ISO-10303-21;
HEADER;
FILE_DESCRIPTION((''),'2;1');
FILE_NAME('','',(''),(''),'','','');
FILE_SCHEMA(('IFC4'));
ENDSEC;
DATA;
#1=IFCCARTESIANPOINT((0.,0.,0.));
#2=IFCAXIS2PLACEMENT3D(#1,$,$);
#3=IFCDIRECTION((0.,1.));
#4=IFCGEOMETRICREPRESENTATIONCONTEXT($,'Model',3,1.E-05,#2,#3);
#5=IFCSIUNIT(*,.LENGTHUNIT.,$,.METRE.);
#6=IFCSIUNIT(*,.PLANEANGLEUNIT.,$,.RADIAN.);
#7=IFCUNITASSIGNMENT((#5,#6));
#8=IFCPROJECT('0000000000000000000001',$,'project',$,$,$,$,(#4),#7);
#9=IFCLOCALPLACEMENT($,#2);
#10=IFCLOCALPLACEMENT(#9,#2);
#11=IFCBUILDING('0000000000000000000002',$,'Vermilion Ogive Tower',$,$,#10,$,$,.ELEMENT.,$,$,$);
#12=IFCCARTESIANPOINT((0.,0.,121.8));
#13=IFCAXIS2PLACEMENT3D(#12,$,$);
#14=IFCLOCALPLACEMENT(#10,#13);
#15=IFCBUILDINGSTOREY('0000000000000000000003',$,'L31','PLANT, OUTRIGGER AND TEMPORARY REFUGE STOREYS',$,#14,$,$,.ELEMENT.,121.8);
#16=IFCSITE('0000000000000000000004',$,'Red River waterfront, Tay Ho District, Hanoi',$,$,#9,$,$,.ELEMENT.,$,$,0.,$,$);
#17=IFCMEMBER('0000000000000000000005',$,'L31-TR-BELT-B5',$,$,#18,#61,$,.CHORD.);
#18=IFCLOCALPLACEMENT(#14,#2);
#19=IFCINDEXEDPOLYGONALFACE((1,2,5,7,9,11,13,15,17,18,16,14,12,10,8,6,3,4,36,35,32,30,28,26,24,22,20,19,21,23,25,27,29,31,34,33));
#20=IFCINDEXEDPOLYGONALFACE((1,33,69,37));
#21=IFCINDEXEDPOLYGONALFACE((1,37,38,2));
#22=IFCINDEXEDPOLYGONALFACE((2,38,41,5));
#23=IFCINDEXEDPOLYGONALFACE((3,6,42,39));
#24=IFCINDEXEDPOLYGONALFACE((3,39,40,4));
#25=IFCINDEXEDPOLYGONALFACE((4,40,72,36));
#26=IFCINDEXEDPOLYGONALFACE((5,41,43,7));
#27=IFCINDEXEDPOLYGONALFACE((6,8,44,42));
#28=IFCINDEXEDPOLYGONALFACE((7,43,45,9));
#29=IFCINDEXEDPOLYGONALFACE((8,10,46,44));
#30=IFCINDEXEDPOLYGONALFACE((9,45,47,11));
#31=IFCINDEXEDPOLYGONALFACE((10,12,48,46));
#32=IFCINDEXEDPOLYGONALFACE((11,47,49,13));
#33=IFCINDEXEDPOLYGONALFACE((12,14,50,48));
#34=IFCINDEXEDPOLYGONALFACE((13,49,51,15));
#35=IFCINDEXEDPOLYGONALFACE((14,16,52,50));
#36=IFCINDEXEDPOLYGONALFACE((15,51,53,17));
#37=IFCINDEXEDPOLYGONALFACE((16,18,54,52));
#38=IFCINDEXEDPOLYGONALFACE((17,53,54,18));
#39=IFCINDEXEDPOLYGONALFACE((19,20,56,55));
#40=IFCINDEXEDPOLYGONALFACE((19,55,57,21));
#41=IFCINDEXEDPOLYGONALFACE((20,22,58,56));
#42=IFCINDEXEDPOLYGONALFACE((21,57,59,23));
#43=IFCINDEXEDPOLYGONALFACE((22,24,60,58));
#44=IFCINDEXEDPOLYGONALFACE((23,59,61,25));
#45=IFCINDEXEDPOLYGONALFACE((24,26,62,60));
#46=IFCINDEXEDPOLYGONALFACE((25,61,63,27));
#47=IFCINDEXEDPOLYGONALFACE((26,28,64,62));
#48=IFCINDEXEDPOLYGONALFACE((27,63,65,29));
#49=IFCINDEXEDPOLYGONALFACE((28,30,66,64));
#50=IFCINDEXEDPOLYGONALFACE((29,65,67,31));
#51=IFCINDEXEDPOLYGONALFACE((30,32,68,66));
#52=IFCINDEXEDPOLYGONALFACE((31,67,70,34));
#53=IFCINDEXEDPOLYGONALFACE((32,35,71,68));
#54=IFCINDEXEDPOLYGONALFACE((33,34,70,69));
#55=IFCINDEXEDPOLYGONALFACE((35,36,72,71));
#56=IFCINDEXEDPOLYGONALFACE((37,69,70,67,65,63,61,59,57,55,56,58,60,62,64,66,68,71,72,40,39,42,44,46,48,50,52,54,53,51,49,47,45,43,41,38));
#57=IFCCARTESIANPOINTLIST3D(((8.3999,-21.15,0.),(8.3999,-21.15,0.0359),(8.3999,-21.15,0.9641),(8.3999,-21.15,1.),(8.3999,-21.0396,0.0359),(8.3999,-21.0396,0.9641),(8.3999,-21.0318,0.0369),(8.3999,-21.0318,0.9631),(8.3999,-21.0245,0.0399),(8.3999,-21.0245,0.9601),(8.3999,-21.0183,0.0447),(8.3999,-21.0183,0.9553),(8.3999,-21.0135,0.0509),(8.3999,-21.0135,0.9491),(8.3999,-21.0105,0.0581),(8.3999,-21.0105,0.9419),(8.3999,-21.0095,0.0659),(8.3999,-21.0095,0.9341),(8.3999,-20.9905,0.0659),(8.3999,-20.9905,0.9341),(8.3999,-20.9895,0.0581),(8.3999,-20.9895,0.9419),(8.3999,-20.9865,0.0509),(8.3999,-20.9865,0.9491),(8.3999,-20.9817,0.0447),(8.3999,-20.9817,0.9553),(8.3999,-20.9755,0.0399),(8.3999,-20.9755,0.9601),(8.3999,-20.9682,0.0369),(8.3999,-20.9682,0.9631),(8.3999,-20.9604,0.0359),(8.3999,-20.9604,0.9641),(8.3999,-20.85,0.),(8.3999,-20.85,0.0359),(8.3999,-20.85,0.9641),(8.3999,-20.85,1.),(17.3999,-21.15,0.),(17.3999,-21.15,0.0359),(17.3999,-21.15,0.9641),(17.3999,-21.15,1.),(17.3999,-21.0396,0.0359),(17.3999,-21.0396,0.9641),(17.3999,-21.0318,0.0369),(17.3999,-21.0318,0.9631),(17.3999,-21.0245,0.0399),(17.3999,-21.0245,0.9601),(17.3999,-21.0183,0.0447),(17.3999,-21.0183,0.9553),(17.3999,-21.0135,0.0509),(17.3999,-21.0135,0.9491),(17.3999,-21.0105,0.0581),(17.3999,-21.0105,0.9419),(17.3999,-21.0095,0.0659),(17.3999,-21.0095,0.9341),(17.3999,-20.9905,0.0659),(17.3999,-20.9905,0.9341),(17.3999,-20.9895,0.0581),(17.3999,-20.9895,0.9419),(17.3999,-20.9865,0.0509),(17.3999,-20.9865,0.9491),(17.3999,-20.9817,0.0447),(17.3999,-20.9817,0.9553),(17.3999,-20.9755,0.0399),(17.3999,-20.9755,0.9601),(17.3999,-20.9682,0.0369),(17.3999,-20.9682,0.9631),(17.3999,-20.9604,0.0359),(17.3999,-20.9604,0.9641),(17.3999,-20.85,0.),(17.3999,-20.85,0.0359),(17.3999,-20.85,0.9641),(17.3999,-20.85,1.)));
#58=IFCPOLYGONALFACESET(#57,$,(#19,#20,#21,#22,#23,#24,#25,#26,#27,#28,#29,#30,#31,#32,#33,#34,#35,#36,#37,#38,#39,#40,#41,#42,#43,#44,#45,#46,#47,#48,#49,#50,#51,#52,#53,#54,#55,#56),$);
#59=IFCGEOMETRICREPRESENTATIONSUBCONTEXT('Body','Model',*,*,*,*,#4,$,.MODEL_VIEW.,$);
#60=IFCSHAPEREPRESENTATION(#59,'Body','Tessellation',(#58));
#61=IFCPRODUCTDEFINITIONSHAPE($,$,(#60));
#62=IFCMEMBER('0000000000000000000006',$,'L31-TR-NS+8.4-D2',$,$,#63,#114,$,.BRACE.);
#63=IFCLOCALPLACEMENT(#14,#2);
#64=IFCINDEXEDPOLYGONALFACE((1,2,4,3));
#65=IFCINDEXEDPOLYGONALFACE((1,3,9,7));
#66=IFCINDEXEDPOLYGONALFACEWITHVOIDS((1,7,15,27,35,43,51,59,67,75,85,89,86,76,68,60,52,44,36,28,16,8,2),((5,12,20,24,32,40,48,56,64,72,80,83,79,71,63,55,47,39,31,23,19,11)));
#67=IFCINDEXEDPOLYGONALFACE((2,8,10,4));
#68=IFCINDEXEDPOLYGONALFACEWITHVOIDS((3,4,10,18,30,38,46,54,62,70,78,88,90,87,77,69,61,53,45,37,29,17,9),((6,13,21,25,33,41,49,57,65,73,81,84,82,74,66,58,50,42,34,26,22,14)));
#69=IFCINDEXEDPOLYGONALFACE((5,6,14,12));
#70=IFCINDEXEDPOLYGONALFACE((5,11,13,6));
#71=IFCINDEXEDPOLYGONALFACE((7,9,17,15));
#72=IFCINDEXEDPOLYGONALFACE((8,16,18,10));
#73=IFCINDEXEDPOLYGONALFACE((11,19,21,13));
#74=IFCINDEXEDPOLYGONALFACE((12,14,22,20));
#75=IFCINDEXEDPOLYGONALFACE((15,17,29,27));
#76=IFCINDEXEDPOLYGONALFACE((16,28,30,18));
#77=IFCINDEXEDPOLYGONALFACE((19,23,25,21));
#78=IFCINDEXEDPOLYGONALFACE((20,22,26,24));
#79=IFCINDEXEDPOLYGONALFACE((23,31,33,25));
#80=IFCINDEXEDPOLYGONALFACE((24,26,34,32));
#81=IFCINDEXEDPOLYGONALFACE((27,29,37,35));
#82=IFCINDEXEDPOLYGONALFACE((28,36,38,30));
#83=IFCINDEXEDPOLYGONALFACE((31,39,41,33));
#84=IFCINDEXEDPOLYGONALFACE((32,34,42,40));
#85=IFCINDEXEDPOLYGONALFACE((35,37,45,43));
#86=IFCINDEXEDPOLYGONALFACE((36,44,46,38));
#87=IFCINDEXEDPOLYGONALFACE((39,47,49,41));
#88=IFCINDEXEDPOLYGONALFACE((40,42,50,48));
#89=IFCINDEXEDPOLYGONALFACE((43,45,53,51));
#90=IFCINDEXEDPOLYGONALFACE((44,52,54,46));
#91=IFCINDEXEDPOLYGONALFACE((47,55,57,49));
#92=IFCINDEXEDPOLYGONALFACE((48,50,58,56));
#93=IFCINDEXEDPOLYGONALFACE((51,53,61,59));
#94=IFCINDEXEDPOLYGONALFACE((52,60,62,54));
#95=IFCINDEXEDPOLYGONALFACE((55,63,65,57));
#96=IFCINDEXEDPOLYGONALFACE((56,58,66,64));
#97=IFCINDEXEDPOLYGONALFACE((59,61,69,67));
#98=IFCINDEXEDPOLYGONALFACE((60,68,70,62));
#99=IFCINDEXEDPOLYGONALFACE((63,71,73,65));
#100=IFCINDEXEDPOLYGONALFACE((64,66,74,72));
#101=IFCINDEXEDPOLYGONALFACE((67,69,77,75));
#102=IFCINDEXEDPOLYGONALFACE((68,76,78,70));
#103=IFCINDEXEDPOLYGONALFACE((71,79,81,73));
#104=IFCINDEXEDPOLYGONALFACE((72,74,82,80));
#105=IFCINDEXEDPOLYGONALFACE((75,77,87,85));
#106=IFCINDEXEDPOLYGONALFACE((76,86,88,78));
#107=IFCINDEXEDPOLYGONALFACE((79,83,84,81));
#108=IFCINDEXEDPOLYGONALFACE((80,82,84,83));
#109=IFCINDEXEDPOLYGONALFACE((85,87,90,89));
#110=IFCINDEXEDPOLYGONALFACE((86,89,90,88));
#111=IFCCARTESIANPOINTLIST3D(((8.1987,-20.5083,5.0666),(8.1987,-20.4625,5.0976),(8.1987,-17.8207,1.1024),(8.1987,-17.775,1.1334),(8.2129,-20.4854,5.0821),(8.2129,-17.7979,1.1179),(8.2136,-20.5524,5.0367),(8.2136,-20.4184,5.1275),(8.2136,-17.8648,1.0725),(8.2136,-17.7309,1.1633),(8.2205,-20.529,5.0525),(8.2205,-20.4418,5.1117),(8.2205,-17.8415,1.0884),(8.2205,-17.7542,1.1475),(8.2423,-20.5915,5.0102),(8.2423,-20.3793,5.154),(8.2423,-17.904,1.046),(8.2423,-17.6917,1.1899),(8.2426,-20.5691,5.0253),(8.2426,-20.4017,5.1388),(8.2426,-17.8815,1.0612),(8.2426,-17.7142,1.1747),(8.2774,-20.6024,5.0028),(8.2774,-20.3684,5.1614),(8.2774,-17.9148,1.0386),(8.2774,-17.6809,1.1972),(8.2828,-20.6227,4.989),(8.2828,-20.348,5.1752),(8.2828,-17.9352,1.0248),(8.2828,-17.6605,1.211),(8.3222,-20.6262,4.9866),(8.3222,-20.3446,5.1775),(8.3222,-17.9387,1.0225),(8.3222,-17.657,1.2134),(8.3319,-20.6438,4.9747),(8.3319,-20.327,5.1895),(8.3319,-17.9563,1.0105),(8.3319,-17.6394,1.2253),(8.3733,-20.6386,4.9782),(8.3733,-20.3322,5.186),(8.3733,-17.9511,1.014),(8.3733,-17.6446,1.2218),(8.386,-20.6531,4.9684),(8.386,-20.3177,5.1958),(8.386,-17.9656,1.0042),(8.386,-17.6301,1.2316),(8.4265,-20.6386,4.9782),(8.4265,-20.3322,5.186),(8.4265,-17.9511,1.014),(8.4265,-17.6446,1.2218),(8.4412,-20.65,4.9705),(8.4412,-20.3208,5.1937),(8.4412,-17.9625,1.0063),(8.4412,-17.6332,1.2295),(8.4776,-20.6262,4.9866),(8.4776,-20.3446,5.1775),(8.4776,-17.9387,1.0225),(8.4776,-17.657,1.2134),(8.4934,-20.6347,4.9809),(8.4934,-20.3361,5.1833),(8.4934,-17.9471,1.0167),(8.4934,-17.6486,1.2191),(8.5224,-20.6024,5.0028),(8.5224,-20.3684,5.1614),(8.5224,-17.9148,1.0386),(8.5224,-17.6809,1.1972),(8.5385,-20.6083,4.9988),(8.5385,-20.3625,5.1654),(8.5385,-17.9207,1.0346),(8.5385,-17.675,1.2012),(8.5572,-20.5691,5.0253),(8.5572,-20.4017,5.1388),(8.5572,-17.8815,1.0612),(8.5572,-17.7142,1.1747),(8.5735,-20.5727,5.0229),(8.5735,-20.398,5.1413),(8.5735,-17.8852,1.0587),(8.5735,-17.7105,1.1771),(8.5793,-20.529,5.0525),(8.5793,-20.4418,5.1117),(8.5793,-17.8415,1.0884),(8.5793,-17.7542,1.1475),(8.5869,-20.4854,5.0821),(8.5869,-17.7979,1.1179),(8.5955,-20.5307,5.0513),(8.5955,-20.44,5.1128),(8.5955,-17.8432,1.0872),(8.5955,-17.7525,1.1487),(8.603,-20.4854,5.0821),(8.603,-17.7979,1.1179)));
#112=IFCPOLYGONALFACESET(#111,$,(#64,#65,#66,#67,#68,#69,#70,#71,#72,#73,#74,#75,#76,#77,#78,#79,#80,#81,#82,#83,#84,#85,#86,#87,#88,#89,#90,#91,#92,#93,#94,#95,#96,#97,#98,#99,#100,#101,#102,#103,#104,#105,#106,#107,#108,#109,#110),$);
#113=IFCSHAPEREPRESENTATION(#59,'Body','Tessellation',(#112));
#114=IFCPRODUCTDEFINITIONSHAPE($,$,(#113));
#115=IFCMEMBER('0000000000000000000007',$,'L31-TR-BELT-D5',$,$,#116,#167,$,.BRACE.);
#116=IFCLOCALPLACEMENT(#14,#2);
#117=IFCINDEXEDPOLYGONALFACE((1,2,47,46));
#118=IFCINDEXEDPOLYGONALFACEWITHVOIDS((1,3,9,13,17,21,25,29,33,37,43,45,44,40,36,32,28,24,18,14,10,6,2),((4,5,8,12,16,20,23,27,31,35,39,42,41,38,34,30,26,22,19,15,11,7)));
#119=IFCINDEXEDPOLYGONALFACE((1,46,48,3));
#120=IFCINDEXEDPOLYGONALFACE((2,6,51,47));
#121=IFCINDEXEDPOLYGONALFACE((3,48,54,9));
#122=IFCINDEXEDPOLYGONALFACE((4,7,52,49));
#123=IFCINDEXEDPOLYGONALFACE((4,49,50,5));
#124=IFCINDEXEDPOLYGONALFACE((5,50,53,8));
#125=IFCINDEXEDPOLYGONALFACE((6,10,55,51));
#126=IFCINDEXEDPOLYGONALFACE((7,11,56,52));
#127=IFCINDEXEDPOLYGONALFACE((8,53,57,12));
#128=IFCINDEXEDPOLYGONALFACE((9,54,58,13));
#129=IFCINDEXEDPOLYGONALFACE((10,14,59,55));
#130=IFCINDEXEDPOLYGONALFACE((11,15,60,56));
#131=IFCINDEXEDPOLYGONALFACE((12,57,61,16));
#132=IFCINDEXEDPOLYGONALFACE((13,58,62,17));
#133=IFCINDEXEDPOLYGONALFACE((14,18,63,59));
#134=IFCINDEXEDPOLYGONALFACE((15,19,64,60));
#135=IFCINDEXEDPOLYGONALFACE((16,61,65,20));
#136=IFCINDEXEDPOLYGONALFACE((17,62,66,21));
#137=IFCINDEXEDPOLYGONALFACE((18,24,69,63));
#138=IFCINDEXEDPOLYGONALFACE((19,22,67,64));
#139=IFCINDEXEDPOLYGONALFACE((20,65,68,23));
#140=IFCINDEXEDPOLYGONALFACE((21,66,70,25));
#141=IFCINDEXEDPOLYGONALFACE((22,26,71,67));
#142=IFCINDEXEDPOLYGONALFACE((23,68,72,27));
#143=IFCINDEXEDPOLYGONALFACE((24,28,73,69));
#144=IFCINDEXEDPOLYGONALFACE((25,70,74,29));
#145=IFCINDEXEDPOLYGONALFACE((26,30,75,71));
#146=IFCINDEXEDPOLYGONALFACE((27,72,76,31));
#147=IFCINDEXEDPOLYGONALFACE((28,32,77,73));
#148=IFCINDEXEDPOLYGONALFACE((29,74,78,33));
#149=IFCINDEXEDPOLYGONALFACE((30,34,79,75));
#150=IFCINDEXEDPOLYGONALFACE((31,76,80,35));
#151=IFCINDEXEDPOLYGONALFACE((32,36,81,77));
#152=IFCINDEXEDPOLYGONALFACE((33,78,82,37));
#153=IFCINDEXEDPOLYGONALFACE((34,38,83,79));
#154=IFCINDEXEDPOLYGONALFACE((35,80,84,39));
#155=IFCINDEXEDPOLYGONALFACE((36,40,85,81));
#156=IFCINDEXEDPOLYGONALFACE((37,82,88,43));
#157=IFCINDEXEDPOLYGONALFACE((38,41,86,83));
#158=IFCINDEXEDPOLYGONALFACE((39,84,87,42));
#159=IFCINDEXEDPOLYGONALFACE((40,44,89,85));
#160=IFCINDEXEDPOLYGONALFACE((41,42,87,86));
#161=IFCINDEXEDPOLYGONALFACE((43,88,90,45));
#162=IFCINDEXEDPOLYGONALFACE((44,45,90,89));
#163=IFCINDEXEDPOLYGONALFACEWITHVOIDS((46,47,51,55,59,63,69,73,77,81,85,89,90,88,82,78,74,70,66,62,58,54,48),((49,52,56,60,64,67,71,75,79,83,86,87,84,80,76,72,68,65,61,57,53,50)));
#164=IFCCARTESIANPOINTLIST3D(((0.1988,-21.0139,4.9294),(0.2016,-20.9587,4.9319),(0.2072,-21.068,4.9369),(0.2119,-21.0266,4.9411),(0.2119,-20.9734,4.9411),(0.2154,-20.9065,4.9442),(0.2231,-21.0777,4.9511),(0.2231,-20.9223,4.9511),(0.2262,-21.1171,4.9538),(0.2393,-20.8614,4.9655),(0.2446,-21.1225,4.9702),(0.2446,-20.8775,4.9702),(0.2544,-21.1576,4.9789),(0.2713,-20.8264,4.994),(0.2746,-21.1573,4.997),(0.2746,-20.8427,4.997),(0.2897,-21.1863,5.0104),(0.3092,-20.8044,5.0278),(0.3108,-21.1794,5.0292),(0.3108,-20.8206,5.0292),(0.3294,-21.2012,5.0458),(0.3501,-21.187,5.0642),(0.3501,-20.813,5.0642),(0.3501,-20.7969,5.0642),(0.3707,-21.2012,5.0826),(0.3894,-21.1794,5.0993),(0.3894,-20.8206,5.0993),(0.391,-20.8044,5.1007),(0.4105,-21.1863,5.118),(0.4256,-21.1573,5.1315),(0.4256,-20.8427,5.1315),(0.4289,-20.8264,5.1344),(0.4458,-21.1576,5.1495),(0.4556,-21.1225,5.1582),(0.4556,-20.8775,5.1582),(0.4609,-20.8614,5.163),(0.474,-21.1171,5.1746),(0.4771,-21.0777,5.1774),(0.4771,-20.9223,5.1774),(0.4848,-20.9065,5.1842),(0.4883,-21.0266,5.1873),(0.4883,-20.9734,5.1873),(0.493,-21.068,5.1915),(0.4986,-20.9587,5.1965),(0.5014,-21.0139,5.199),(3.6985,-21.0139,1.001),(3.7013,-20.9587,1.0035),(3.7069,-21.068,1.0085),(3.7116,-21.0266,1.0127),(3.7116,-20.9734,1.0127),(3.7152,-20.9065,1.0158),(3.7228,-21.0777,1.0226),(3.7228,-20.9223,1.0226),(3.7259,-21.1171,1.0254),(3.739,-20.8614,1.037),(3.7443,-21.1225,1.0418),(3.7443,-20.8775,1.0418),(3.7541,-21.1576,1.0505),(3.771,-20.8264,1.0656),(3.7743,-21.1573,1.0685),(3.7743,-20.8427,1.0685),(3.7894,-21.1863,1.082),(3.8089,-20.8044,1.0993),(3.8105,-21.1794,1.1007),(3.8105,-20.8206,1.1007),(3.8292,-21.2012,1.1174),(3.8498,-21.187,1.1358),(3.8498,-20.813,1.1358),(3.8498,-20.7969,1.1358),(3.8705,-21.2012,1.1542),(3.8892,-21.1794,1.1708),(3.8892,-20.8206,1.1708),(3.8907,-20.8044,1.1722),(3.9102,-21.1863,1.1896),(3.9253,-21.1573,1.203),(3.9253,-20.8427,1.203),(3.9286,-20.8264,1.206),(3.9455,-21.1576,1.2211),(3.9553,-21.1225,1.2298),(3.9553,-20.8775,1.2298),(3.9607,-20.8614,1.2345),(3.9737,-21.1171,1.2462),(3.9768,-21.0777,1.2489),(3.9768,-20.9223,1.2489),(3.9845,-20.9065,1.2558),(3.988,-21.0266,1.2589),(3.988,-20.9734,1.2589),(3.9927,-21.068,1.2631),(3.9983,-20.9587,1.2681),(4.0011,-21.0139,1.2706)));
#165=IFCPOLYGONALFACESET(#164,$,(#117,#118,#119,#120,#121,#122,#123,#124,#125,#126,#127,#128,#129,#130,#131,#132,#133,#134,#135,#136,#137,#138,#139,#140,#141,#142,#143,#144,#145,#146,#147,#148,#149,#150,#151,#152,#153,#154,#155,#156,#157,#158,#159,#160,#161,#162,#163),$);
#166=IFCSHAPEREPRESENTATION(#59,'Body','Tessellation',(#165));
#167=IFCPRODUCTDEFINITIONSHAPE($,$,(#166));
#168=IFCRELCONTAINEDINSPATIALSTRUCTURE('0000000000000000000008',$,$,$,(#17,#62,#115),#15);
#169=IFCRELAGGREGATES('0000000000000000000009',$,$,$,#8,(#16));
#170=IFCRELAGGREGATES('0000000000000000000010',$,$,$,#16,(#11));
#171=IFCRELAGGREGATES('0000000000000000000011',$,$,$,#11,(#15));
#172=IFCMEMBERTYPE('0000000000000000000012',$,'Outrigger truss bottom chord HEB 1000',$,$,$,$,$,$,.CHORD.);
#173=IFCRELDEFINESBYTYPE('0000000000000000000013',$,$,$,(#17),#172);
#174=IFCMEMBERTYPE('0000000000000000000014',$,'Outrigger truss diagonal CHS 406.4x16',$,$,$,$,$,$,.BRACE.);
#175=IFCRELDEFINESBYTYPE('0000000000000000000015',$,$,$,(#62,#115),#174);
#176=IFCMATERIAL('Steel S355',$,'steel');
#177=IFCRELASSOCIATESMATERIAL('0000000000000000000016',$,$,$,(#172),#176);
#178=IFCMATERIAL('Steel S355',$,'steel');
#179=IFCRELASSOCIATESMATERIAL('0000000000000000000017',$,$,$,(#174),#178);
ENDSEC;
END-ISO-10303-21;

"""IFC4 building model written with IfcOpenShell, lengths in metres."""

from ifc_helpers import new_model, si_unit, direction, frame, origin, origin_2d, place, context, subcontext, project, spatial, hollow_circle, i_section, extrude, material, material_profile, profile_set, type_object, element, save


model = new_model("IFC4")

# Units and contexts
model_context = context("Model", 3, precision=1e-05, world=origin(), true_north=direction((0.0, 1.0)))
body_context = subcontext(model_context, "Body", "Model", "MODEL_VIEW")
ifc_project = project(units=[si_unit("LENGTHUNIT", "METRE"), si_unit("PLANEANGLEUNIT", "RADIAN")], contexts=[model_context])

# Site, building, storey
site_placement = place(None, origin())
site = spatial("IfcSite", under=ifc_project, at=site_placement, Name="Red River waterfront, Tay Ho District, Hanoi", CompositionType="ELEMENT", RefElevation=0.0)
building_placement = place(site_placement, origin())
building = spatial("IfcBuilding", under=site, at=building_placement, Name="Vermilion Ogive Tower", CompositionType="ELEMENT")
storey_placement = place(building_placement, frame((0.0, 0.0, 121.8)))
storey = spatial("IfcBuildingStorey", under=building, at=storey_placement, Name="L31", Description="PLANT, OUTRIGGER AND TEMPORARY REFUGE STOREYS", CompositionType="ELEMENT", Elevation=121.8)

# Members
ifc_material_1 = material(Name="Steel S355", Category="steel")
ifc_material_profile_1 = material_profile(ifc_material_1, i_section(OverallWidth=0.3, OverallDepth=1.0, WebThickness=0.019, FlangeThickness=0.0359, FilletRadius=0.03, at=origin_2d()), Name="HEB 1000")
ifc_profile_set_1 = profile_set([ifc_material_profile_1], Name="Steel S355")
member_type_1 = type_object("IfcMemberType", Name="Outrigger truss bottom chord HEB 1000", PredefinedType="CHORD", material=ifc_profile_set_1)
member_1_placement = place(storey_placement, frame((8.3999, -21.0, 0.5), z_axis=(1.0, 0.0, 0.0), x_axis=(0.0, 1.0, 0.0)))
element("IfcMember", 1, at=member_1_placement, inside=storey, type_object=member_type_1, Name="L31-TR-BELT-B5", PredefinedType="CHORD", context=body_context, shape_type="SweptSolid", body=[
    extrude(i_section(OverallWidth=0.3, OverallDepth=1.0, WebThickness=0.019, FlangeThickness=0.0359, FilletRadius=0.03, at=origin_2d()), origin(), (0.0, 0.0, 1.0), 9.0),
])
ifc_material_2 = material(Name="Steel S355", Category="steel")
ifc_material_profile_2 = material_profile(ifc_material_2, hollow_circle(Radius=0.2031, WallThickness=0.0161, at=origin_2d()), Name="CHS 406.4x16")
ifc_profile_set_2 = profile_set([ifc_material_profile_2], Name="Steel S355")
member_type_2 = type_object("IfcMemberType", Name="Outrigger truss diagonal CHS 406.4x16", PredefinedType="BRACE", material=ifc_profile_set_2)
member_2_placement = place(storey_placement, frame((8.3999, -17.7979, 1.1179), z_axis=(0.0, -0.561154, 0.827712), x_axis=(1.0, 0.0, 0.0)))
element("IfcMember", 2, at=member_2_placement, inside=storey, type_object=member_type_2, Name="L31-TR-NS+8.4-D2", PredefinedType="BRACE", context=body_context, shape_type="SweptSolid", body=[
    extrude(hollow_circle(Radius=0.2031, WallThickness=0.0161, at=origin_2d()), origin(), (0.0, 0.0, 1.0), 4.7893),
])
for number, where, z_axis, x_axis, name in (
    (3, (0.3501, -21.0, 5.0642), (0.66519, 0.0, -0.746674), (0.0, 1.0, 0.0), "L31-TR-BELT-D5"),
):
    element("IfcMember", number, at=place(storey_placement, frame(where, z_axis=z_axis, x_axis=x_axis)), inside=storey, type_object=member_type_2, Name=name, PredefinedType="BRACE", context=body_context, shape_type="SweptSolid", body=[
        extrude(hollow_circle(Radius=0.2031, WallThickness=0.0161, at=origin_2d()), origin(), (0.0, 0.0, 1.0), 5.2612),
    ])

save(model, "model.ifc")
